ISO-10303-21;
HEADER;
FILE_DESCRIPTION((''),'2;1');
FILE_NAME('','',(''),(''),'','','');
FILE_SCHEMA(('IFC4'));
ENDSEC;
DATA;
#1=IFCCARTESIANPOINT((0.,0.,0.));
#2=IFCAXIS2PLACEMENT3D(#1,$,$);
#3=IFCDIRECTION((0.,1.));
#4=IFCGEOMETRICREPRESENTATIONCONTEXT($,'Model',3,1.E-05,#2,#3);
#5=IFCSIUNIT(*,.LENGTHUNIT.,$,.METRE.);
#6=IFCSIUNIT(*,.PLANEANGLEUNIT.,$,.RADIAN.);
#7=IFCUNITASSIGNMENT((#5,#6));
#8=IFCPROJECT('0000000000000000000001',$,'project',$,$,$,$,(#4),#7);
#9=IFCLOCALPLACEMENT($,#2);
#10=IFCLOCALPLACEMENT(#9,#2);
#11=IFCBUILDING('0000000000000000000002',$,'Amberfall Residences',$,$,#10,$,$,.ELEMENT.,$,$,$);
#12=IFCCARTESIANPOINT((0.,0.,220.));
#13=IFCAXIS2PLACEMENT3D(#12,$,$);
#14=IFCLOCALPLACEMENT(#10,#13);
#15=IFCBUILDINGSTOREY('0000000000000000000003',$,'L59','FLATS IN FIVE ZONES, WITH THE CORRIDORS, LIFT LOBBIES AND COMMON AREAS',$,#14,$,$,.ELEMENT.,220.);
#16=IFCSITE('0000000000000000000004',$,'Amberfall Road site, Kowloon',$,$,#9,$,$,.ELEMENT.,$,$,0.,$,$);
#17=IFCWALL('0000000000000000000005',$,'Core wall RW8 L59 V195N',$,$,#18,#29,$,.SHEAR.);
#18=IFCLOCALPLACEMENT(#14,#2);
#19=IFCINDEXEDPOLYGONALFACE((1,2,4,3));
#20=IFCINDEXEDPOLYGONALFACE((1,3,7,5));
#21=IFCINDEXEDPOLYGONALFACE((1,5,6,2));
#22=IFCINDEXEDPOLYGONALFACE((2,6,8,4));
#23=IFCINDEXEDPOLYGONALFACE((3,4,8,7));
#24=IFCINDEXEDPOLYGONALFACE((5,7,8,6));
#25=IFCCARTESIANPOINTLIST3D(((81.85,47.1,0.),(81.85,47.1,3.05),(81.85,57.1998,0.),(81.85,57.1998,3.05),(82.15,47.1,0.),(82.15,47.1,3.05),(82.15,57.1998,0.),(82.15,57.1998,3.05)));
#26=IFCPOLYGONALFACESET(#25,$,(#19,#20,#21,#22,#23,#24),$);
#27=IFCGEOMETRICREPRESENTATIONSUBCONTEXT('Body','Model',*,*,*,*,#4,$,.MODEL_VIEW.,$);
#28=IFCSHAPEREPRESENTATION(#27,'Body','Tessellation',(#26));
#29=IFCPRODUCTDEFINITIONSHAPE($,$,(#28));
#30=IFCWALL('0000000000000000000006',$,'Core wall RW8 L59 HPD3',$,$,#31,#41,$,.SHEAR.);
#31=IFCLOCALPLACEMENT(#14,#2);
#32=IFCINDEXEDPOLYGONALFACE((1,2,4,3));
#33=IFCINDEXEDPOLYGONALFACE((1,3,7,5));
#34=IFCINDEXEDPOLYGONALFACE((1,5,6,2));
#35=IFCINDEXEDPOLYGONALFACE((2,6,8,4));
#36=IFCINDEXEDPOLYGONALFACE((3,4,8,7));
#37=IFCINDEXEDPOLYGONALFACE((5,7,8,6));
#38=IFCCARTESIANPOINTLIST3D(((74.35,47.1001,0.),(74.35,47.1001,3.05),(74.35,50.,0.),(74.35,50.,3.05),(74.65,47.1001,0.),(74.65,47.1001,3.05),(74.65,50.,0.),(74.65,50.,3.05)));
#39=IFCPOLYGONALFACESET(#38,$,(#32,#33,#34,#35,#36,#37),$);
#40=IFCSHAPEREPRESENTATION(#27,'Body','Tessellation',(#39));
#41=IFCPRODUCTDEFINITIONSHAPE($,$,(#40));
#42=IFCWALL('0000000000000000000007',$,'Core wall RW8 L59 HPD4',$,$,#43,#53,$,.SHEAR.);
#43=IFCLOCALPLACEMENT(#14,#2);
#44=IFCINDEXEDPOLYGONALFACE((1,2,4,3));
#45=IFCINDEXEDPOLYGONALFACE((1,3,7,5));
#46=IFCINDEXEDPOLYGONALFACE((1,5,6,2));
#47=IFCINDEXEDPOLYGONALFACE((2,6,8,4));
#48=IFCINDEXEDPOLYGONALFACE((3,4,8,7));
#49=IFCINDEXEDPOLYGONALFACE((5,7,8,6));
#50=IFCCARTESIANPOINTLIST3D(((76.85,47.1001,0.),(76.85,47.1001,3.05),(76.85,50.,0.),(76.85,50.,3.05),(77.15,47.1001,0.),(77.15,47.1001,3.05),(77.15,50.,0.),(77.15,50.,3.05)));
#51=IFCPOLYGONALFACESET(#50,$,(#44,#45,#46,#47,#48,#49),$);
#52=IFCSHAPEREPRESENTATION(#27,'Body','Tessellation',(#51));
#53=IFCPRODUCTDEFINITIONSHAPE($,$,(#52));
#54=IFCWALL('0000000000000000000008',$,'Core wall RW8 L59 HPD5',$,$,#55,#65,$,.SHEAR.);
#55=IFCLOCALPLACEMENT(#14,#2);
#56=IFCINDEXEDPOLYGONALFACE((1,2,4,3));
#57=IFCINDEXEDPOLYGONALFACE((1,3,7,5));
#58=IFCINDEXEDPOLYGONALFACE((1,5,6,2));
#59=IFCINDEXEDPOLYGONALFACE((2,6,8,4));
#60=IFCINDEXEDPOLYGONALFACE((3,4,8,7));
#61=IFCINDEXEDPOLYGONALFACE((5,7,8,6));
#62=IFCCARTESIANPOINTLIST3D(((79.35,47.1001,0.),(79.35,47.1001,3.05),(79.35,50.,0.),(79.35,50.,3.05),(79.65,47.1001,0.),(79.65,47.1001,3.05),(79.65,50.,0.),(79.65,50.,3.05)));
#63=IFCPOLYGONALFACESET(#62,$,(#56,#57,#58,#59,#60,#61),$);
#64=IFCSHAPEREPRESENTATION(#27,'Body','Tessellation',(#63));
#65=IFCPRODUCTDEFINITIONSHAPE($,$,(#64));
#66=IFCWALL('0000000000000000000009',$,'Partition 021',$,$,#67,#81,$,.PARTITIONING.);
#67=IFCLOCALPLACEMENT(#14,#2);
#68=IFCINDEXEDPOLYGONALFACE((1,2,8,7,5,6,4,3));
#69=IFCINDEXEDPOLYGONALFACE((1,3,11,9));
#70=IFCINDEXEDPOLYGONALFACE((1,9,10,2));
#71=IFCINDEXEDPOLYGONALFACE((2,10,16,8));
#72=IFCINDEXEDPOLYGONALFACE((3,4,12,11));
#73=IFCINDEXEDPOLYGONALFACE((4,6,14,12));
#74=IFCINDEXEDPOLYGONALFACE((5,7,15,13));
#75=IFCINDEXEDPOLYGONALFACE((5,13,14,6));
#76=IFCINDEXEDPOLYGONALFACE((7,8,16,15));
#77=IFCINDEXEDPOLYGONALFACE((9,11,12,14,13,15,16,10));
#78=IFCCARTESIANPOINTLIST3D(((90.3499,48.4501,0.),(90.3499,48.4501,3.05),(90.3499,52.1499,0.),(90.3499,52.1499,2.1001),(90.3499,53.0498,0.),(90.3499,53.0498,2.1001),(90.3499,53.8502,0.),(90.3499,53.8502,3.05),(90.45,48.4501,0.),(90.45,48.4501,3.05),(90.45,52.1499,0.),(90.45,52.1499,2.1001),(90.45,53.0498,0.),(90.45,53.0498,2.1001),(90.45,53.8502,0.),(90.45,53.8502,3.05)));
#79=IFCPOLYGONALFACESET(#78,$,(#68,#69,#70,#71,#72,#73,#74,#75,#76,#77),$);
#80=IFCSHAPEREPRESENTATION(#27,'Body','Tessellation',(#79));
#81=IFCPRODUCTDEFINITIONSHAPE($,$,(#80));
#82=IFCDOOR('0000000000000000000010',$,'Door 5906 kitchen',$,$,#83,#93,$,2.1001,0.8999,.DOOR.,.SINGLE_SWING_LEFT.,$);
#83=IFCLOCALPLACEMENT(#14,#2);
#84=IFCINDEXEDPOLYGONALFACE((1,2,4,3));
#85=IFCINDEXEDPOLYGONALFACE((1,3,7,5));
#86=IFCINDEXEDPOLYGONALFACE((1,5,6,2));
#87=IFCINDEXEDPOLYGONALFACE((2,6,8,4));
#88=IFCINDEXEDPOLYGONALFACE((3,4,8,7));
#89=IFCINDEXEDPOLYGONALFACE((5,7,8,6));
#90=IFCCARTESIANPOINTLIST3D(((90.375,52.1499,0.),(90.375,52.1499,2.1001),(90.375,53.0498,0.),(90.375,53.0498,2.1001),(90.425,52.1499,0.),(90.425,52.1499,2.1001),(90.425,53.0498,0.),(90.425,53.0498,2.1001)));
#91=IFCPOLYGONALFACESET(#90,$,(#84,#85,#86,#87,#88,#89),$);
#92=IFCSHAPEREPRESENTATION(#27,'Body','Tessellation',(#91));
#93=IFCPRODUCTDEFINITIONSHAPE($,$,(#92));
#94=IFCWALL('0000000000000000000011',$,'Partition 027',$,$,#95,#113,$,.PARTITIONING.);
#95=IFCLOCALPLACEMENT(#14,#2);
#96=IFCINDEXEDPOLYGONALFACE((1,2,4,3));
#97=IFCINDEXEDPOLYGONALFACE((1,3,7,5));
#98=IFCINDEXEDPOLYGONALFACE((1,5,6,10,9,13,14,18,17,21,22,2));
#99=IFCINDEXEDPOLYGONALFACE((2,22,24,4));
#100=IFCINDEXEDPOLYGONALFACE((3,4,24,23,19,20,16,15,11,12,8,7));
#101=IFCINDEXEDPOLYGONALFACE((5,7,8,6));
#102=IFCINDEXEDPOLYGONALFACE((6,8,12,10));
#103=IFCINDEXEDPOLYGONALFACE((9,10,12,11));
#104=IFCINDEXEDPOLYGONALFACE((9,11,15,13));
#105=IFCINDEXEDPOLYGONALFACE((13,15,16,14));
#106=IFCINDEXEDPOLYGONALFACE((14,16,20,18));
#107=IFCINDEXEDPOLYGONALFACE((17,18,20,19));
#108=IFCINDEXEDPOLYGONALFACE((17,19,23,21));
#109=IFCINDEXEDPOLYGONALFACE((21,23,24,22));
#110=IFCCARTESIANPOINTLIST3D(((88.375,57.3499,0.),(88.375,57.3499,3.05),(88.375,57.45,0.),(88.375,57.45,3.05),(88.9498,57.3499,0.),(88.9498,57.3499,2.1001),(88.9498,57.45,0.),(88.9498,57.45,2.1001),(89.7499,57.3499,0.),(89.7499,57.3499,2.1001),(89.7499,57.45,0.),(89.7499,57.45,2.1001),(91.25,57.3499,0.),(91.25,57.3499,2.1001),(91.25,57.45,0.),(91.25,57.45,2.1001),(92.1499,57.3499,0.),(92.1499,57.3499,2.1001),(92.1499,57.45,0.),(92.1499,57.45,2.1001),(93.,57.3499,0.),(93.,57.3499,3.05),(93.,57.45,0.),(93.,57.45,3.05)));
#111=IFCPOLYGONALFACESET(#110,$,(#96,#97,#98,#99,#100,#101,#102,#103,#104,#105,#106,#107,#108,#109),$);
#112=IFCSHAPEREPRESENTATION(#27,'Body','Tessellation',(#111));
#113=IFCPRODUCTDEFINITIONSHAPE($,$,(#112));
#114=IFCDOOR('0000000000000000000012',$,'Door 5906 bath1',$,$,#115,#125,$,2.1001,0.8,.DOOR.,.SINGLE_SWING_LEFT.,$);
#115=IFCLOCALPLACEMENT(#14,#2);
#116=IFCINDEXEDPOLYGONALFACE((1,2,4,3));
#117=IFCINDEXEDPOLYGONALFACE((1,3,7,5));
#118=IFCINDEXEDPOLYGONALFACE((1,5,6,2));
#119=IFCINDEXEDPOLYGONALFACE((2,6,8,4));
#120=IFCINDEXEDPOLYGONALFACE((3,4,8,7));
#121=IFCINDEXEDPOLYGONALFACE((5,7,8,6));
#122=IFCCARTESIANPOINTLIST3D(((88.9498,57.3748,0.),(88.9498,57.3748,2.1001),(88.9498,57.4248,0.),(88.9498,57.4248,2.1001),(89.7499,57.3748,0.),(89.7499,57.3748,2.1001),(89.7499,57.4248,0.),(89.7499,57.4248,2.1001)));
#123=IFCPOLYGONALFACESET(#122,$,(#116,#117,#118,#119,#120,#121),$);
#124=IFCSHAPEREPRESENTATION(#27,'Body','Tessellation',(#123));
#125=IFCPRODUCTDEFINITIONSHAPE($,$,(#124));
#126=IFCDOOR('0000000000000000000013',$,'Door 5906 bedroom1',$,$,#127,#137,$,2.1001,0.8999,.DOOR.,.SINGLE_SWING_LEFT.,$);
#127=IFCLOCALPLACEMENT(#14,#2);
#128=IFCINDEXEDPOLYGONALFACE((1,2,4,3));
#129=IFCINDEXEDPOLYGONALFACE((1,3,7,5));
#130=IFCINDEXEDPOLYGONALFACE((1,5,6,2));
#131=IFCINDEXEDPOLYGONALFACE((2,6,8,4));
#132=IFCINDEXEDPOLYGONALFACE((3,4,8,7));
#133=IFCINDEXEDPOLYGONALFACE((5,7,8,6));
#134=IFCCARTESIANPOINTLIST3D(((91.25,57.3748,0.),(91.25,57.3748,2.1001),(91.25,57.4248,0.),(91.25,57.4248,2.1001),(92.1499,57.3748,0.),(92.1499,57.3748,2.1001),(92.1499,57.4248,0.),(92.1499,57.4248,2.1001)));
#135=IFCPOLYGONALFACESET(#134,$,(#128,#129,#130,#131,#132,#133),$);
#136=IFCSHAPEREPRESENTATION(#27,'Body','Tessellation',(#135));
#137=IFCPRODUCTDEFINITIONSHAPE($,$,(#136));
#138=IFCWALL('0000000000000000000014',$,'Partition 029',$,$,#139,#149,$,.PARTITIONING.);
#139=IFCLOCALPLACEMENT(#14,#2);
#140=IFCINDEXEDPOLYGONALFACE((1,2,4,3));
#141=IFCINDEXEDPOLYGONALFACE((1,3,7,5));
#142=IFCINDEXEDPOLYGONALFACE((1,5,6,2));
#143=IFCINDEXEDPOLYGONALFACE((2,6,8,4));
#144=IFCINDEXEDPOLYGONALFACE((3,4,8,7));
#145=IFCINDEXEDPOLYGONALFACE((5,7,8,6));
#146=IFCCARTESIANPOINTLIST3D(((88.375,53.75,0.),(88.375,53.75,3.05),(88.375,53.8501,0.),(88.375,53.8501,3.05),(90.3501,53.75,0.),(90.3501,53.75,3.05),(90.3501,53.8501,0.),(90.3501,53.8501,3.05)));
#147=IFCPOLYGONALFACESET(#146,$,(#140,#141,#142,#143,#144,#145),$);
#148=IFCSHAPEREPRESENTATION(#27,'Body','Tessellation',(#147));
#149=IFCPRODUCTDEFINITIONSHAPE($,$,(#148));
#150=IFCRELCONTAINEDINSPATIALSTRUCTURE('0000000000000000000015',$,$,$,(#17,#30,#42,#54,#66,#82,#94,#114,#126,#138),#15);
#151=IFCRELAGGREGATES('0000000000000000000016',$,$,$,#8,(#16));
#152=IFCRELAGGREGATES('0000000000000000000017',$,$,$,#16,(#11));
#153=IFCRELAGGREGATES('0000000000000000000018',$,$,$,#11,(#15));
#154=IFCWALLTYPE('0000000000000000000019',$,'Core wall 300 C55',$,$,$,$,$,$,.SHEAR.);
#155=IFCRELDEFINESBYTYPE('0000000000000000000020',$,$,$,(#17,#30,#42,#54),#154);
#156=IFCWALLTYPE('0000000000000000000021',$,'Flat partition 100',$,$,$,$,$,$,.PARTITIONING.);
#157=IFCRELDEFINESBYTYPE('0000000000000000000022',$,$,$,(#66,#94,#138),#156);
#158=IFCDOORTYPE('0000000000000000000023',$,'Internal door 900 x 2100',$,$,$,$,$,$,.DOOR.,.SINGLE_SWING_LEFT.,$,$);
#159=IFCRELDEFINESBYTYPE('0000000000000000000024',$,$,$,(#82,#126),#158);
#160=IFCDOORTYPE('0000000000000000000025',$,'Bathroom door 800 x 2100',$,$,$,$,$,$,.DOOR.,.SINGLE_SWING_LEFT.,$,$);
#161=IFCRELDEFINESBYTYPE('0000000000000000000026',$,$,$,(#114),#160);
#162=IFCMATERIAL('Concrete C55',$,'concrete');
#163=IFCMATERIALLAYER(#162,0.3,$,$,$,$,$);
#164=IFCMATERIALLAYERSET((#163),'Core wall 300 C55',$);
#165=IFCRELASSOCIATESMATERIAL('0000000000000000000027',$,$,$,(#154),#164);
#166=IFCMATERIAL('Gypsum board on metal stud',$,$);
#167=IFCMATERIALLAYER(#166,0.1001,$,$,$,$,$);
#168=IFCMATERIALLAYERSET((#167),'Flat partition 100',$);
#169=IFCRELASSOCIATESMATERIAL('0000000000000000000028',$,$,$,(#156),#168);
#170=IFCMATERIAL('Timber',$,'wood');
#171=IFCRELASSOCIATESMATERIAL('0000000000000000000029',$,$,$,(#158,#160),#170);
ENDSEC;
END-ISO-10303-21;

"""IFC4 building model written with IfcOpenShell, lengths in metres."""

from ifc_helpers import new_model, si_unit, direction, frame, frame_2d, origin, place, context, subcontext, project, spatial, rectangle, extrude, material, layer, layer_set, type_object, element, fill, save


model = new_model("IFC4")

# Units and contexts
model_context = context("Model", 3, precision=1e-05, world=origin(), true_north=direction((0.0, 1.0)))
body_context = subcontext(model_context, "Body", "Model", "MODEL_VIEW")
ifc_project = project(units=[si_unit("LENGTHUNIT", "METRE"), si_unit("PLANEANGLEUNIT", "RADIAN")], contexts=[model_context])

# Site, building, storey
site_placement = place(None, origin())
site = spatial("IfcSite", under=ifc_project, at=site_placement, Name="Amberfall Road site, Kowloon", CompositionType="ELEMENT", RefElevation=0.0)
building_placement = place(site_placement, origin())
building = spatial("IfcBuilding", under=site, at=building_placement, Name="Amberfall Residences", CompositionType="ELEMENT")
storey_placement = place(building_placement, frame((0.0, 0.0, 220.0)))
storey = spatial("IfcBuildingStorey", under=building, at=storey_placement, Name="L59", Description="FLATS IN FIVE ZONES, WITH THE CORRIDORS, LIFT LOBBIES AND COMMON AREAS", CompositionType="ELEMENT", Elevation=220.0)

# Walls
ifc_material_1 = material(Name="Concrete C55", Category="concrete")
ifc_layer_1 = layer(ifc_material_1, 0.3)
ifc_layer_set_1 = layer_set([ifc_layer_1], Name="Core wall 300 C55")
wall_type_1 = type_object("IfcWallType", Name="Core wall 300 C55", PredefinedType="SHEAR", material=ifc_layer_set_1)
wall_1_placement = place(storey_placement, frame((82.0, 47.1001, 0.0), z_axis=(0.0, 0.0, 1.0), x_axis=(0.0, 1.0, 0.0)))
element("IfcWall", 1, at=wall_1_placement, inside=storey, type_object=wall_type_1, Name="Core wall RW8 L59 V195N", PredefinedType="SHEAR", context=body_context, shape_type="SweptSolid", body=[
    extrude(rectangle(XDim=10.0999, YDim=0.3, at=frame_2d((5.0498, 0.0))), origin(), (0.0, 0.0, 1.0), 3.05),
])
for number, where, z_axis, x_axis, name in (
    (2, (74.5, 47.1001, 0.0), (0.0, 0.0, 1.0), (0.0, 1.0, 0.0), "Core wall RW8 L59 HPD3"),
    (3, (77.0, 47.1001, 0.0), (0.0, 0.0, 1.0), (0.0, 1.0, 0.0), "Core wall RW8 L59 HPD4"),
    (4, (79.5, 47.1001, 0.0), (0.0, 0.0, 1.0), (0.0, 1.0, 0.0), "Core wall RW8 L59 HPD5"),
):
    element("IfcWall", number, at=place(storey_placement, frame(where, z_axis=z_axis, x_axis=x_axis)), inside=storey, type_object=wall_type_1, Name=name, PredefinedType="SHEAR", context=body_context, shape_type="SweptSolid", body=[
        extrude(rectangle(XDim=2.8999, YDim=0.3, at=frame_2d((1.45, 0.0))), origin(), (0.0, 0.0, 1.0), 3.05),
    ])

# Wall, opening, door
ifc_material_2 = material(Name="Gypsum board on metal stud")
ifc_layer_2 = layer(ifc_material_2, 0.1001)
ifc_layer_set_2 = layer_set([ifc_layer_2], Name="Flat partition 100")
wall_type_2 = type_object("IfcWallType", Name="Flat partition 100", PredefinedType="PARTITIONING", material=ifc_layer_set_2)
wall_2_placement = place(storey_placement, frame((90.3999, 48.45, 0.0), z_axis=(0.0, 0.0, 1.0), x_axis=(0.0, 1.0, 0.0)))
wall_2 = element("IfcWall", 5, at=wall_2_placement, inside=storey, type_object=wall_type_2, Name="Partition 021", PredefinedType="PARTITIONING", context=body_context, shape_type="SweptSolid", body=[
    extrude(rectangle(XDim=5.4001, YDim=0.1001, at=frame_2d((2.7002, 0.0))), origin(), (0.0, 0.0, 1.0), 3.05),
])
opening_1_placement = place(wall_2_placement, frame((3.7, 0.0, 0.0)))
opening_1 = element("IfcOpeningElement", 6, at=opening_1_placement, cuts=wall_2, PredefinedType="OPENING", context=body_context, shape_type="SweptSolid", body=[
    extrude(rectangle(XDim=0.8999, YDim=2.1001, at=frame_2d((0.45, 1.05))), frame((0.0, 0.0601, 0.0), z_axis=(0.0, -1.0, 0.0), x_axis=(1.0, 0.0, 0.0)), (0.0, 0.0, 1.0), 0.1201),
])
ifc_material_3 = material(Name="Timber", Category="wood")
door_type_1 = type_object("IfcDoorType", Name="Internal door 900 x 2100", OperationType="SINGLE_SWING_LEFT", PredefinedType="DOOR", material=ifc_material_3)
door_1_placement = place(opening_1_placement, origin())
door_1 = element("IfcDoor", 7, at=door_1_placement, inside=storey, type_object=door_type_1, Name="Door 5906 kitchen", OperationType="SINGLE_SWING_LEFT", OverallHeight=2.1001, OverallWidth=0.8999, PredefinedType="DOOR", context=body_context, shape_type="SweptSolid", body=[
    extrude(rectangle(XDim=0.8999, YDim=2.1001, at=frame_2d((0.45, 1.05))), frame((0.0, 0.0249, 0.0), z_axis=(0.0, -1.0, 0.0), x_axis=(1.0, 0.0, 0.0)), (0.0, 0.0, 1.0), 0.05),
])
fill(opening_1, door_1)

# Wall, openings, doors
wall_3_placement = place(storey_placement, frame((88.375, 57.3999, 0.0), z_axis=(0.0, 0.0, 1.0), x_axis=(1.0, 0.0, 0.0)))
wall_3 = element("IfcWall", 8, at=wall_3_placement, inside=storey, type_object=wall_type_2, Name="Partition 027", PredefinedType="PARTITIONING", context=body_context, shape_type="SweptSolid", body=[
    extrude(rectangle(XDim=4.625, YDim=0.1001, at=frame_2d((2.3125, 0.0))), origin(), (0.0, 0.0, 1.0), 3.05),
])
opening_2_placement = place(wall_3_placement, frame((2.875, 0.0, 0.0)))
opening_2 = element("IfcOpeningElement", 9, at=opening_2_placement, cuts=wall_3, PredefinedType="OPENING", context=body_context, shape_type="SweptSolid", body=[
    extrude(rectangle(XDim=0.8999, YDim=2.1001, at=frame_2d((0.45, 1.05))), frame((0.0, 0.0601, 0.0), z_axis=(0.0, -1.0, 0.0), x_axis=(1.0, 0.0, 0.0)), (0.0, 0.0, 1.0), 0.1201),
])
opening_3_placement = place(wall_3_placement, frame((0.575, 0.0, 0.0)))
opening_3 = element("IfcOpeningElement", 10, at=opening_3_placement, cuts=wall_3, PredefinedType="OPENING", context=body_context, shape_type="SweptSolid", body=[
    extrude(rectangle(XDim=0.8, YDim=2.1001, at=frame_2d((0.3999, 1.05))), frame((0.0, 0.0601, 0.0), z_axis=(0.0, -1.0, 0.0), x_axis=(1.0, 0.0, 0.0)), (0.0, 0.0, 1.0), 0.1201),
])
door_type_2 = type_object("IfcDoorType", Name="Bathroom door 800 x 2100", OperationType="SINGLE_SWING_LEFT", PredefinedType="DOOR", material=ifc_material_3)
door_2_placement = place(opening_3_placement, origin())
door_2 = element("IfcDoor", 11, at=door_2_placement, inside=storey, type_object=door_type_2, Name="Door 5906 bath1", OperationType="SINGLE_SWING_LEFT", OverallHeight=2.1001, OverallWidth=0.8, PredefinedType="DOOR", context=body_context, shape_type="SweptSolid", body=[
    extrude(rectangle(XDim=0.8, YDim=2.1001, at=frame_2d((0.3999, 1.05))), frame((0.0, 0.0249, 0.0), z_axis=(0.0, -1.0, 0.0), x_axis=(1.0, 0.0, 0.0)), (0.0, 0.0, 1.0), 0.05),
])
fill(opening_3, door_2)
door_3_placement = place(opening_2_placement, origin())
door_3 = element("IfcDoor", 12, at=door_3_placement, inside=storey, type_object=door_type_1, Name="Door 5906 bedroom1", OperationType="SINGLE_SWING_LEFT", OverallHeight=2.1001, OverallWidth=0.8999, PredefinedType="DOOR", context=body_context, shape_type="SweptSolid", body=[
    extrude(rectangle(XDim=0.8999, YDim=2.1001, at=frame_2d((0.45, 1.05))), frame((0.0, 0.0249, 0.0), z_axis=(0.0, -1.0, 0.0), x_axis=(1.0, 0.0, 0.0)), (0.0, 0.0, 1.0), 0.05),
])
fill(opening_2, door_3)

# Wall
wall_4_placement = place(storey_placement, frame((88.375, 53.8, 0.0), z_axis=(0.0, 0.0, 1.0), x_axis=(1.0, 0.0, 0.0)))
element("IfcWall", 13, at=wall_4_placement, inside=storey, type_object=wall_type_2, Name="Partition 029", PredefinedType="PARTITIONING", context=body_context, shape_type="SweptSolid", body=[
    extrude(rectangle(XDim=1.9751, YDim=0.1001, at=frame_2d((0.9875, 0.0))), origin(), (0.0, 0.0, 1.0), 3.05),
])

save(model, "model.ifc")
